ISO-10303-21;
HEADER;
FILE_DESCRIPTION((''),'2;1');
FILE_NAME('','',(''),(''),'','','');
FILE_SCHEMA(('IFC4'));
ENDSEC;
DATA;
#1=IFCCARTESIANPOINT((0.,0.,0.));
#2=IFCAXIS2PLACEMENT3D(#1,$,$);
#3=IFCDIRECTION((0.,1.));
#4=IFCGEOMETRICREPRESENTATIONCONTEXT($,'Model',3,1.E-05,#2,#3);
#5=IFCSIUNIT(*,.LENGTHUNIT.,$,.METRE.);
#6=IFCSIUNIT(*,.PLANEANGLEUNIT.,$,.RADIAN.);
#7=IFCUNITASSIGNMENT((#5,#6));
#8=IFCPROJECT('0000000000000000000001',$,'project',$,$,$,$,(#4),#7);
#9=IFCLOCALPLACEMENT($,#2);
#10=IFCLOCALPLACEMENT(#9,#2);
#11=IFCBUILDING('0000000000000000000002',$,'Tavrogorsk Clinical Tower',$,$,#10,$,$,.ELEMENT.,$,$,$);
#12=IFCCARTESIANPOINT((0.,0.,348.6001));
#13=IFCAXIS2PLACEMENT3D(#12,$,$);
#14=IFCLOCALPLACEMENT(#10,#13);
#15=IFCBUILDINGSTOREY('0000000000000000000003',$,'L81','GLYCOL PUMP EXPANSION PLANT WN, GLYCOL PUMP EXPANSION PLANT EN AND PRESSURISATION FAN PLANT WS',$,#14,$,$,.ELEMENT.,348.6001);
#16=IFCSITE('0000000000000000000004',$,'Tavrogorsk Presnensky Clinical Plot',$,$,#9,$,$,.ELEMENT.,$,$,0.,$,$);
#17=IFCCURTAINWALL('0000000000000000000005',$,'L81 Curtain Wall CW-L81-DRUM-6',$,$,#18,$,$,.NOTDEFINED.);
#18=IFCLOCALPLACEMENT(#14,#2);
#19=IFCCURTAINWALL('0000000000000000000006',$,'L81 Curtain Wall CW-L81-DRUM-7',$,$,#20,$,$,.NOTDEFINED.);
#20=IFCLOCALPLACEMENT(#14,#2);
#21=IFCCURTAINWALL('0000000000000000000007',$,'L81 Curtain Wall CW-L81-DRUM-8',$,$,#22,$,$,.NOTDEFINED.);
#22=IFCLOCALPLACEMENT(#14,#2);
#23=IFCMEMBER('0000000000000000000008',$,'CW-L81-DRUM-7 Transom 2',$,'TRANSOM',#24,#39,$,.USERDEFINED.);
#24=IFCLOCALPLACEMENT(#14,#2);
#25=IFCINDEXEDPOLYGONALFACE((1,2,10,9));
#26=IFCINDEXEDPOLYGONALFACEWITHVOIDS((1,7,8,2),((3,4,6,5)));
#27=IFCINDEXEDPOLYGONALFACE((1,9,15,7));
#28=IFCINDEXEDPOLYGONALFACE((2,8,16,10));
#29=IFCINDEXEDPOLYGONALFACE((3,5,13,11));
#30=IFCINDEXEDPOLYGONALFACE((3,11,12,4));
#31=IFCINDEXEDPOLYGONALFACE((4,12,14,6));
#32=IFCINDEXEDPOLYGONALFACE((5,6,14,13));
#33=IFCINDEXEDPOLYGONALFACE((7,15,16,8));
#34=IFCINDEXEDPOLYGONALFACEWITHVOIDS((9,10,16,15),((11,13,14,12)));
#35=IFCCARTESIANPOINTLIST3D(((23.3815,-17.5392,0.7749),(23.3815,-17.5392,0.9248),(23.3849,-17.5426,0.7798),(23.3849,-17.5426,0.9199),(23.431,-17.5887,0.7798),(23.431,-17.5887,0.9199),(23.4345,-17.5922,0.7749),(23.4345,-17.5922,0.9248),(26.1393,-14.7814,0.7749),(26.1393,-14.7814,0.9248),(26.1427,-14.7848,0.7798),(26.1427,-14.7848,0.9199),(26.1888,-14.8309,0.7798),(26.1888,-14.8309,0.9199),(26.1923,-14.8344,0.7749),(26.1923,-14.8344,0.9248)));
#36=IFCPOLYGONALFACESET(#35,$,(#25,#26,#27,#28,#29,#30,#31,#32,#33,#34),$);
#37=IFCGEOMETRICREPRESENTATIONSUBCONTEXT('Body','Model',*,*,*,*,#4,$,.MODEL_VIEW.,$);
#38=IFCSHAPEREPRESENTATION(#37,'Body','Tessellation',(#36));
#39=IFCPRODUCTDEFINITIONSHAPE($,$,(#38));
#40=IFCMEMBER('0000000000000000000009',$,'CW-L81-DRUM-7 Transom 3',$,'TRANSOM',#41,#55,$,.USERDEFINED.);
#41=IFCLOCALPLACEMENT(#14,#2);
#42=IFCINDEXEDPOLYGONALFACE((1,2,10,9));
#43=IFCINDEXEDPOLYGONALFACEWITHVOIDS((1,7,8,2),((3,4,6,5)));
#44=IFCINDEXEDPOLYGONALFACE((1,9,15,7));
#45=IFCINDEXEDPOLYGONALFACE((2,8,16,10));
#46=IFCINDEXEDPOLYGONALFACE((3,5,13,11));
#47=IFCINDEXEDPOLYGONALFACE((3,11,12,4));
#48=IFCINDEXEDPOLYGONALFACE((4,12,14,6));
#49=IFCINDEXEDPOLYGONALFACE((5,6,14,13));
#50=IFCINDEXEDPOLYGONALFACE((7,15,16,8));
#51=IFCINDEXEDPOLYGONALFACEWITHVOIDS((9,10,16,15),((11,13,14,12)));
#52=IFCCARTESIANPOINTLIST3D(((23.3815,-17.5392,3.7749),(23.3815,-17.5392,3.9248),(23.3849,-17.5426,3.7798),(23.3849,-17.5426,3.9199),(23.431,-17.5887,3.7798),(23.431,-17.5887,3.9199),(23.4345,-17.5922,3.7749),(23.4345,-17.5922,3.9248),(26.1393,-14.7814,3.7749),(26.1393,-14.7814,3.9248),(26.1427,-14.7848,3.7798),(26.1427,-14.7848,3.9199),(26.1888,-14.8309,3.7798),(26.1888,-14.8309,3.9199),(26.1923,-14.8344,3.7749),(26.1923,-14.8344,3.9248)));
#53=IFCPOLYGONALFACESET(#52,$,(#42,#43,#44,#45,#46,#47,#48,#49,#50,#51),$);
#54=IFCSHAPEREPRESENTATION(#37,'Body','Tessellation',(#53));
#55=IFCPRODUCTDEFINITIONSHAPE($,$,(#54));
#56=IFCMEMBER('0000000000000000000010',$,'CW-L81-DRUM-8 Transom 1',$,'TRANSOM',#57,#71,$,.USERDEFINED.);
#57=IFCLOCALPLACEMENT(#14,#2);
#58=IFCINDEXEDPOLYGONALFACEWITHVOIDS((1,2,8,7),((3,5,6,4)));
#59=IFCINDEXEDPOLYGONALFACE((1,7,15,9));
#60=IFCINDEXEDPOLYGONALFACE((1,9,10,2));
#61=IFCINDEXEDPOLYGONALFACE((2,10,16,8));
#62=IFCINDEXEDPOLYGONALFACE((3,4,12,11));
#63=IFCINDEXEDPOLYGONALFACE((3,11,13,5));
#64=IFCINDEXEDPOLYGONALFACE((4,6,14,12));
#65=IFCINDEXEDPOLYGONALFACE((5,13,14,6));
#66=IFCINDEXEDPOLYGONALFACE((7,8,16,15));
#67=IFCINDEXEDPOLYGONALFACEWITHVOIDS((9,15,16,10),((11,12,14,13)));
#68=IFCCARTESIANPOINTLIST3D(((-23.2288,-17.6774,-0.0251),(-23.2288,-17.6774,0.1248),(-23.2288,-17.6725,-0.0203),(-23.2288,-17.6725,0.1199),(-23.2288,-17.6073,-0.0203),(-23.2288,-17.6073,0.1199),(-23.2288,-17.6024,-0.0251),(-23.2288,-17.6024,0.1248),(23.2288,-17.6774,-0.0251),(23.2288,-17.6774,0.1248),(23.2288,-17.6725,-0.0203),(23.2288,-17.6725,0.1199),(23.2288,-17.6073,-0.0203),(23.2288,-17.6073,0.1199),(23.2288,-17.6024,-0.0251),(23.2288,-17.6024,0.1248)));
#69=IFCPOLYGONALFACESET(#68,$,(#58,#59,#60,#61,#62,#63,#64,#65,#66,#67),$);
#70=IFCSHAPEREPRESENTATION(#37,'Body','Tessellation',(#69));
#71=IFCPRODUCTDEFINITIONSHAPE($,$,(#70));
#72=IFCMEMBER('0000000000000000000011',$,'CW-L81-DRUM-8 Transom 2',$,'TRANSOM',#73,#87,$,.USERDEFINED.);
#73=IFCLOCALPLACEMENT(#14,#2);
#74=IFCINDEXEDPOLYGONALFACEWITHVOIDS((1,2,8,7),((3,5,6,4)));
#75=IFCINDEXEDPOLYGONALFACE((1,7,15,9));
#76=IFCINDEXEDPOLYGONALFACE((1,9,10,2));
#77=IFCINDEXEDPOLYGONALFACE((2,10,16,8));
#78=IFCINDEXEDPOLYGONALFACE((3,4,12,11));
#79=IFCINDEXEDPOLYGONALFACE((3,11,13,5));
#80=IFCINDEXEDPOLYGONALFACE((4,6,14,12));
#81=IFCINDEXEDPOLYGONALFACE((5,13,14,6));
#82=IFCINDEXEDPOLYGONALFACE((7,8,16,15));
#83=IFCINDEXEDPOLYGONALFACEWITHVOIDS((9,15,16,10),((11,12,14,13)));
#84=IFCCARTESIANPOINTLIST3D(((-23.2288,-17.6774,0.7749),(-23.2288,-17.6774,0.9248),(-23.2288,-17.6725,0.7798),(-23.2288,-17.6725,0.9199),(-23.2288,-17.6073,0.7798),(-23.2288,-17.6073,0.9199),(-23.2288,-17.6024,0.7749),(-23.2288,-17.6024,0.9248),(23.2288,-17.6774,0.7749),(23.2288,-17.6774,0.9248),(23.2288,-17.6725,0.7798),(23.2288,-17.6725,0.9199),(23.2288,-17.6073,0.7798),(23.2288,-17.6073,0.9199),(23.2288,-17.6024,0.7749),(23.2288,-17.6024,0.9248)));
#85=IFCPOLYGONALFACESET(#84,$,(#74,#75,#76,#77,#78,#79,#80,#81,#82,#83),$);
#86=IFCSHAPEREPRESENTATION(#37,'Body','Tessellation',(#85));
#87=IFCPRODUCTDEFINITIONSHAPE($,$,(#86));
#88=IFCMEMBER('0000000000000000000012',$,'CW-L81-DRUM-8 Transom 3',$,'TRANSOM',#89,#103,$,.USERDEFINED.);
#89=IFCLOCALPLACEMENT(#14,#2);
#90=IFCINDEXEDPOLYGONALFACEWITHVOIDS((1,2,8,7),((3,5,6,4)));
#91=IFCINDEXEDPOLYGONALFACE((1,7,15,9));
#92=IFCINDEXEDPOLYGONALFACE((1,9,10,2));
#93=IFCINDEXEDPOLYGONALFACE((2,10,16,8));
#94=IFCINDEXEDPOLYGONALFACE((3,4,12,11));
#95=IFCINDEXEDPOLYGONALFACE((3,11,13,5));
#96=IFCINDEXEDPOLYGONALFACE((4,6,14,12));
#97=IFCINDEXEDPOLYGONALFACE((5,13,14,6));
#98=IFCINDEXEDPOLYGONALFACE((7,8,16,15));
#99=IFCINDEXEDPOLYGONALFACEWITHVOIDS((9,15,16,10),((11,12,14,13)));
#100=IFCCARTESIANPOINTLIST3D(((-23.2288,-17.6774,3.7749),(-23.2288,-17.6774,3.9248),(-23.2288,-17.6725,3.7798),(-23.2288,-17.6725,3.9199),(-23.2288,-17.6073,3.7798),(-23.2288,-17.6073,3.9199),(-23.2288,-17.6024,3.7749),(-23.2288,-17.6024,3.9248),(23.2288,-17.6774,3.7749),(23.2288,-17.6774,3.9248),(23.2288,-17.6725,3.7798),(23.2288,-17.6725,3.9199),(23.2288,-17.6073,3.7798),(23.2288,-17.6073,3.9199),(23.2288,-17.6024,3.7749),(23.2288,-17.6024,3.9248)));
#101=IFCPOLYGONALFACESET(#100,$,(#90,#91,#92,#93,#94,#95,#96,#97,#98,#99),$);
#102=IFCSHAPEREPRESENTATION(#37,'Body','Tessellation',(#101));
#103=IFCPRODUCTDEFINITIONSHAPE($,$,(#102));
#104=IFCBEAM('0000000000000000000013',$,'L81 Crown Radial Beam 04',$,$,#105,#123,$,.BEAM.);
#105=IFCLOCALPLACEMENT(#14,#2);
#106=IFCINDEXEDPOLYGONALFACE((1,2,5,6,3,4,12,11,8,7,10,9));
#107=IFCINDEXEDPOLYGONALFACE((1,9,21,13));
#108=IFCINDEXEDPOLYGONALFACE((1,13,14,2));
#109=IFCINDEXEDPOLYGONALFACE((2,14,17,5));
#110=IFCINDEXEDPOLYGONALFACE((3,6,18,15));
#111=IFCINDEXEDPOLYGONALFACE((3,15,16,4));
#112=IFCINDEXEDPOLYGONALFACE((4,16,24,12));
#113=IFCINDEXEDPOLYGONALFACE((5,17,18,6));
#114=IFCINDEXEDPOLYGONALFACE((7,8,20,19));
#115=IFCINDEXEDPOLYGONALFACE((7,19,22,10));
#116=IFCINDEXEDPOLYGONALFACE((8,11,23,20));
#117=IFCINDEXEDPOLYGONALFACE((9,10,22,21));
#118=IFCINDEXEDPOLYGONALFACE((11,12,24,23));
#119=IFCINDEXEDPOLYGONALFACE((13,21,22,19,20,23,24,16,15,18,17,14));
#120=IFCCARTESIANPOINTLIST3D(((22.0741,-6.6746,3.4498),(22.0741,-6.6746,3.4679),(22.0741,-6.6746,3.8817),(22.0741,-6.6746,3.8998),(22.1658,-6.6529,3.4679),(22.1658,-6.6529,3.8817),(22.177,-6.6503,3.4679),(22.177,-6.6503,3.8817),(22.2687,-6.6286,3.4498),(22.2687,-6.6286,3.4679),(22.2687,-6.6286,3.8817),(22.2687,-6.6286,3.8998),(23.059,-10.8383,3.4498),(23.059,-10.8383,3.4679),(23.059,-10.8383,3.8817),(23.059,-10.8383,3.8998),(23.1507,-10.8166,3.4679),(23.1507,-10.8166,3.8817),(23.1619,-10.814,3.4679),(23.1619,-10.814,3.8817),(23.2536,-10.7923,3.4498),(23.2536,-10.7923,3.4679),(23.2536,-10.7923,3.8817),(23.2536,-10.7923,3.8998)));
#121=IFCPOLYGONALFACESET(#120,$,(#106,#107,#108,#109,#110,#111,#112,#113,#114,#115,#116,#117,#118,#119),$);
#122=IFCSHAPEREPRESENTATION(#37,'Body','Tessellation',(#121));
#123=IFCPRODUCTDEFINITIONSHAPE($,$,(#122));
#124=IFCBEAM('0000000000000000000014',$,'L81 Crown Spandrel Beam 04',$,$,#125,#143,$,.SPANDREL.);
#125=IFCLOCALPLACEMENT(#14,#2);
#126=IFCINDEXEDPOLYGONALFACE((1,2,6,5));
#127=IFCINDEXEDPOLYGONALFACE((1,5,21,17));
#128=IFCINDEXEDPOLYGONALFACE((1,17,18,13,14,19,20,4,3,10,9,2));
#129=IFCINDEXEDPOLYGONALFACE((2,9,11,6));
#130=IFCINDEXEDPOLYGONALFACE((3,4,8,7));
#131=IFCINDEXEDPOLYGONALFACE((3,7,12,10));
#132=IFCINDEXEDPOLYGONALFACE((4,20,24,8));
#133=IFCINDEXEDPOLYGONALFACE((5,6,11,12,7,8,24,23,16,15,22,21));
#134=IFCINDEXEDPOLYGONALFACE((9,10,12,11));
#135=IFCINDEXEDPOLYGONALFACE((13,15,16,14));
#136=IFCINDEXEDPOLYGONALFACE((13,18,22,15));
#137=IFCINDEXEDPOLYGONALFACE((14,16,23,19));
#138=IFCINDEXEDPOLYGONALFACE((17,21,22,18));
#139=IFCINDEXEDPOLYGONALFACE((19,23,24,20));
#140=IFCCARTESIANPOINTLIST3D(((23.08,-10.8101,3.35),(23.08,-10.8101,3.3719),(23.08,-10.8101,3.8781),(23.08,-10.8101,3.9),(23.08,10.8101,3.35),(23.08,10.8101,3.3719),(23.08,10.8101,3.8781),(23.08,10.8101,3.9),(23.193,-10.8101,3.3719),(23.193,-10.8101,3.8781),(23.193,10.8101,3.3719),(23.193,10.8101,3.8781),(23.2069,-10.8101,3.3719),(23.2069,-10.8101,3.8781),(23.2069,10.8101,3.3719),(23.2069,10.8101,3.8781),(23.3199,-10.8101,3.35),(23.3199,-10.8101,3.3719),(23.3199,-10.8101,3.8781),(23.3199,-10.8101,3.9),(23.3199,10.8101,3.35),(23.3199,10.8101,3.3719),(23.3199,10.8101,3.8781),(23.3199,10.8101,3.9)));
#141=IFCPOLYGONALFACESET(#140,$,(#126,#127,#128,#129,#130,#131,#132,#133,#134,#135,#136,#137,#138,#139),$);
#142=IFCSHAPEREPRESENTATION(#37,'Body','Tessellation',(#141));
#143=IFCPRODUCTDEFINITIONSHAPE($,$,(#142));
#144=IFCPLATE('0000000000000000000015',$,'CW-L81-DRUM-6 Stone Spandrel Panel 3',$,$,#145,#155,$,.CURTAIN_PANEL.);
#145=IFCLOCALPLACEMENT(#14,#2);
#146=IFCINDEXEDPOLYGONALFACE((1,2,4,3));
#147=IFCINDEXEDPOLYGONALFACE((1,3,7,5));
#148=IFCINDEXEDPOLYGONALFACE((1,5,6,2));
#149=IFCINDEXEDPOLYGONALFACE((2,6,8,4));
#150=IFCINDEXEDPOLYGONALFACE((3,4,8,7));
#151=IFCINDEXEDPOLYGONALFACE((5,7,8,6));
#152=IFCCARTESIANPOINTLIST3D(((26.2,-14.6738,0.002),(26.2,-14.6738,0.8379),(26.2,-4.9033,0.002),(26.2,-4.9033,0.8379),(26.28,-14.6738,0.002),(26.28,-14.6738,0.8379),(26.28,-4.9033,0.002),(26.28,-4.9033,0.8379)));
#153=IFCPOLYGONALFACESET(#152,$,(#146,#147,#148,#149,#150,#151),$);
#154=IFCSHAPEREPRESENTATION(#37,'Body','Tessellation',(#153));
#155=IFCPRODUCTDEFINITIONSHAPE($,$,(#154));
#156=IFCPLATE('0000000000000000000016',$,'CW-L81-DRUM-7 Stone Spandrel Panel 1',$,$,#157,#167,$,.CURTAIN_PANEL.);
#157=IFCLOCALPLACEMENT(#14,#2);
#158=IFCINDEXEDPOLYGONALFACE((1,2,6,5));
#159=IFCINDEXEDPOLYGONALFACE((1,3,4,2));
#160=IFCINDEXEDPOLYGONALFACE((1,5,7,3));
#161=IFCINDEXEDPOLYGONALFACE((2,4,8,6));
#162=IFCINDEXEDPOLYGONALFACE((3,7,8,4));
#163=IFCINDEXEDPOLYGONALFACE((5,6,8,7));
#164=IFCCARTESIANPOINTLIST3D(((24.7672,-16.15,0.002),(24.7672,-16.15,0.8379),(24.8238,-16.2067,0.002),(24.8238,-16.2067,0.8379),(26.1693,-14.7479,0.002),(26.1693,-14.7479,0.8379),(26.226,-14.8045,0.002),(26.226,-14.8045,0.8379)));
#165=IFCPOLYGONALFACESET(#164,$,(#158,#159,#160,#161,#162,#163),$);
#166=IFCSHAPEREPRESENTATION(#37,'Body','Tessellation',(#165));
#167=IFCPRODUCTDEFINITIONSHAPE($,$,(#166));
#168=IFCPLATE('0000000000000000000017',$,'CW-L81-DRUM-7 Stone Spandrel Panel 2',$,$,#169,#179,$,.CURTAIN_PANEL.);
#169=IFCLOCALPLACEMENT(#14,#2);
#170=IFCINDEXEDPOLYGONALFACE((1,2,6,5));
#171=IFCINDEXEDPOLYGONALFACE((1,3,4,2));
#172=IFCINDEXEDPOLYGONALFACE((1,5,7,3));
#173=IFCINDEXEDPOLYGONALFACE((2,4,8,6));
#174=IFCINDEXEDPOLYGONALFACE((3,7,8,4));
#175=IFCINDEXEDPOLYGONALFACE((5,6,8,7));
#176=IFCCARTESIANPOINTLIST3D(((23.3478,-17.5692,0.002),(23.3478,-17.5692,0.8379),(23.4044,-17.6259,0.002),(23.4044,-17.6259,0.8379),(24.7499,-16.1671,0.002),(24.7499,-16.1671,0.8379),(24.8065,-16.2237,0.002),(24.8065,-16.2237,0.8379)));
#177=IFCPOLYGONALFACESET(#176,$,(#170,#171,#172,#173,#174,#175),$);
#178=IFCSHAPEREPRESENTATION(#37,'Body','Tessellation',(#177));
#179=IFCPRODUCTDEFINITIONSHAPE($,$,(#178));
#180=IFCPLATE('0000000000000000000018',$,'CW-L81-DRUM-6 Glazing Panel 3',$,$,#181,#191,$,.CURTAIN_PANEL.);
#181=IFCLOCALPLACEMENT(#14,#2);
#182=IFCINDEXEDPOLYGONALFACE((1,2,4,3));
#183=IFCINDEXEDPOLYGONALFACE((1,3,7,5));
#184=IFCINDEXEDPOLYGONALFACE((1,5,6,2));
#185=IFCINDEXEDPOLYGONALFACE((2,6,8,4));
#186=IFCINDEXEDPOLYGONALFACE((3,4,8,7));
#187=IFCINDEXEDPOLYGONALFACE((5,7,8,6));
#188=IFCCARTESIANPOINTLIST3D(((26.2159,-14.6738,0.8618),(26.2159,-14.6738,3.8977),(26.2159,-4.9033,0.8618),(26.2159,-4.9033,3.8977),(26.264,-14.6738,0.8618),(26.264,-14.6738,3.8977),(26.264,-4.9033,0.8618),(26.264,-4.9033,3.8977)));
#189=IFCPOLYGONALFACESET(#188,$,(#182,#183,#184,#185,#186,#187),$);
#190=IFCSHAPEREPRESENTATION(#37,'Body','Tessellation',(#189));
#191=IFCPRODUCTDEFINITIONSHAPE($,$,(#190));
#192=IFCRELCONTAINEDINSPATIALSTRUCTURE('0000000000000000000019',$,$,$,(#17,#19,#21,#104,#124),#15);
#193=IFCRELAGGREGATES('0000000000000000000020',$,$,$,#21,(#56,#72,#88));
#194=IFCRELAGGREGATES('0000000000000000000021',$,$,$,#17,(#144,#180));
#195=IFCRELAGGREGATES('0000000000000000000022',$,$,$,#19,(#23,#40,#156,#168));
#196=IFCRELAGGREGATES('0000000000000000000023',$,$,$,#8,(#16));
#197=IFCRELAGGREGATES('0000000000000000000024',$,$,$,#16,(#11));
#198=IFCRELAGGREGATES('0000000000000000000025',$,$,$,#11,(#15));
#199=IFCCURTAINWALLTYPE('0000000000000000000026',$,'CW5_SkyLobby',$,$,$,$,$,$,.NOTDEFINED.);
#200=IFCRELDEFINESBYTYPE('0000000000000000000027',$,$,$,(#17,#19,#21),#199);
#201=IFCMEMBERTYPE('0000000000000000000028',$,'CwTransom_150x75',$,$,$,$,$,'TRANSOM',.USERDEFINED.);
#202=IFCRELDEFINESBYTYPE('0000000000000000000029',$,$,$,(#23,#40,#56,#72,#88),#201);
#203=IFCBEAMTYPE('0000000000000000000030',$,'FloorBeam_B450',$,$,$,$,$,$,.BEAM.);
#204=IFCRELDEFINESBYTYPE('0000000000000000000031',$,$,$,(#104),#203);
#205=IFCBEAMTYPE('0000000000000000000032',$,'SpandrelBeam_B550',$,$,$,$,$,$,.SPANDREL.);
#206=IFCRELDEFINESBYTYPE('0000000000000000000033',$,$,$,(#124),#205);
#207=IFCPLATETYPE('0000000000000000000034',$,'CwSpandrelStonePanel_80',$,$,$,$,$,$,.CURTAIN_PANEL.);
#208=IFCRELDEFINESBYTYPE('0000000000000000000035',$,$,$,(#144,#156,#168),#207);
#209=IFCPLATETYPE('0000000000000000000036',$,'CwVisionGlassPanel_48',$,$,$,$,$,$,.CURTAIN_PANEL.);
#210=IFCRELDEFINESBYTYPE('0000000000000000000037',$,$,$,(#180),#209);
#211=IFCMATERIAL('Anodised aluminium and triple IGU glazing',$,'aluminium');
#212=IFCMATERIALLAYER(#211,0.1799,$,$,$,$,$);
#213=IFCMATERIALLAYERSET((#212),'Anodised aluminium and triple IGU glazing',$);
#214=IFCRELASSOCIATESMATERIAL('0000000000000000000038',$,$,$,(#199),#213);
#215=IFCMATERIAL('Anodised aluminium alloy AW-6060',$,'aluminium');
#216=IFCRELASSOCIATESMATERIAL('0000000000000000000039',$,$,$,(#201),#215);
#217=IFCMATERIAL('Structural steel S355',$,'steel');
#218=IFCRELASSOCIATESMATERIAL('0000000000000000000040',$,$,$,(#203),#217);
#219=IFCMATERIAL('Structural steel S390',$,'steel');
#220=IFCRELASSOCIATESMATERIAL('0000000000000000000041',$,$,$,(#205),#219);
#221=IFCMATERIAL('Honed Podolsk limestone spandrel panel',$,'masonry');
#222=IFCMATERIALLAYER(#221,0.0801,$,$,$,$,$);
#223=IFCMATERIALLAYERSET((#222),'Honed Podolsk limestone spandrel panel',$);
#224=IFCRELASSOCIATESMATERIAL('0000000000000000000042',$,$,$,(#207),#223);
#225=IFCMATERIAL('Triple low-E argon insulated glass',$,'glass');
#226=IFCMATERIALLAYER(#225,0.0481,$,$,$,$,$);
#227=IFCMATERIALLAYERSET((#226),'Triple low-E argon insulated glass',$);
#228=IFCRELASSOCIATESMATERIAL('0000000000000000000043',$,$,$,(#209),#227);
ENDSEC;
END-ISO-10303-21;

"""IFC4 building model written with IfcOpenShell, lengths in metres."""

from ifc_helpers import new_model, si_unit, direction, frame, origin, origin_2d, place, context, subcontext, project, spatial, rectangle, hollow_rectangle, i_section, extrude, material, layer, layer_set, material_profile, profile_set, type_object, element, aggregate, save


model = new_model("IFC4")

# Units and contexts
model_context = context("Model", 3, precision=1e-05, world=origin(), true_north=direction((0.0, 1.0)))
body_context = subcontext(model_context, "Body", "Model", "MODEL_VIEW")
ifc_project = project(units=[si_unit("LENGTHUNIT", "METRE"), si_unit("PLANEANGLEUNIT", "RADIAN")], contexts=[model_context])

# Site, building, storey
site_placement = place(None, origin())
site = spatial("IfcSite", under=ifc_project, at=site_placement, Name="Tavrogorsk Presnensky Clinical Plot", CompositionType="ELEMENT", RefElevation=0.0)
building_placement = place(site_placement, origin())
building = spatial("IfcBuilding", under=site, at=building_placement, Name="Tavrogorsk Clinical Tower", CompositionType="ELEMENT")
storey_placement = place(building_placement, frame((0.0, 0.0, 348.6001)))
storey = spatial("IfcBuildingStorey", under=building, at=storey_placement, Name="L81", Description="GLYCOL PUMP EXPANSION PLANT WN, GLYCOL PUMP EXPANSION PLANT EN AND PRESSURISATION FAN PLANT WS", CompositionType="ELEMENT", Elevation=348.6001)

# Curtain walls
ifc_material_1 = material(Name="Anodised aluminium and triple IGU glazing", Category="aluminium")
ifc_layer_1 = layer(ifc_material_1, 0.1799)
ifc_layer_set_1 = layer_set([ifc_layer_1], Name="Anodised aluminium and triple IGU glazing")
curtain_wall_type = type_object("IfcCurtainWallType", Name="CW5_SkyLobby", PredefinedType="NOTDEFINED", material=ifc_layer_set_1)
curtain_wall_1_placement = place(storey_placement, origin())
curtain_wall_1 = element("IfcCurtainWall", 1, at=curtain_wall_1_placement, inside=storey, type_object=curtain_wall_type, Name="L81 Curtain Wall CW-L81-DRUM-6", PredefinedType="NOTDEFINED")
curtain_wall_2_placement = place(storey_placement, origin())
curtain_wall_2 = element("IfcCurtainWall", 2, at=curtain_wall_2_placement, inside=storey, type_object=curtain_wall_type, Name="L81 Curtain Wall CW-L81-DRUM-7", PredefinedType="NOTDEFINED")

# Curtain wall
curtain_wall_3_placement = place(storey_placement, origin())
curtain_wall_3 = element("IfcCurtainWall", 3, at=curtain_wall_3_placement, inside=storey, type_object=curtain_wall_type, Name="L81 Curtain Wall CW-L81-DRUM-8", PredefinedType="NOTDEFINED")

# Members
ifc_material_2 = material(Name="Anodised aluminium alloy AW-6060", Category="aluminium")
ifc_material_profile_1 = material_profile(ifc_material_2, hollow_rectangle(XDim=0.075, YDim=0.1499, WallThickness=0.0049, at=origin_2d()), Name="RHS-150x75x5")
ifc_profile_set_1 = profile_set([ifc_material_profile_1], Name="Anodised aluminium alloy AW-6060")
member_type_1 = type_object("IfcMemberType", Name="CwTransom_150x75", ElementType="TRANSOM", PredefinedType="USERDEFINED", material=ifc_profile_set_1)
member_1_placement = place(storey_placement, frame((26.1658, -14.8079, 0.8499), z_axis=(-0.707107, -0.707107, 0.0), x_axis=(0.707107, -0.707107, 0.0)))
member_1 = element("IfcMember", 4, at=member_1_placement, type_object=member_type_1, Name="CW-L81-DRUM-7 Transom 2", ObjectType="TRANSOM", PredefinedType="USERDEFINED", context=body_context, shape_type="SweptSolid", body=[
    extrude(hollow_rectangle(XDim=0.075, YDim=0.1499, WallThickness=0.0049, at=origin_2d()), origin(), (0.0, 0.0, 1.0), 3.9001),
])
member_2_placement = place(storey_placement, frame((26.1658, -14.8079, 3.8499), z_axis=(-0.707107, -0.707107, 0.0), x_axis=(0.707107, -0.707107, 0.0)))
member_2 = element("IfcMember", 5, at=member_2_placement, type_object=member_type_1, Name="CW-L81-DRUM-7 Transom 3", ObjectType="TRANSOM", PredefinedType="USERDEFINED", context=body_context, shape_type="SweptSolid", body=[
    extrude(hollow_rectangle(XDim=0.075, YDim=0.1499, WallThickness=0.0049, at=origin_2d()), origin(), (0.0, 0.0, 1.0), 3.9001),
])
member_3_placement = place(storey_placement, frame((23.2288, -17.6399, 0.0498), z_axis=(-1.0, 0.0, 0.0), x_axis=(0.0, -1.0, 0.0)))
member_3 = element("IfcMember", 6, at=member_3_placement, type_object=member_type_1, Name="CW-L81-DRUM-8 Transom 1", ObjectType="TRANSOM", PredefinedType="USERDEFINED", context=body_context, shape_type="SweptSolid", body=[
    extrude(hollow_rectangle(XDim=0.075, YDim=0.1499, WallThickness=0.0049, at=origin_2d()), origin(), (0.0, 0.0, 1.0), 46.4575),
])
member_4_placement = place(storey_placement, frame((23.2288, -17.6399, 0.8499), z_axis=(-1.0, 0.0, 0.0), x_axis=(0.0, -1.0, 0.0)))
member_4 = element("IfcMember", 7, at=member_4_placement, type_object=member_type_1, Name="CW-L81-DRUM-8 Transom 2", ObjectType="TRANSOM", PredefinedType="USERDEFINED", context=body_context, shape_type="SweptSolid", body=[
    extrude(hollow_rectangle(XDim=0.075, YDim=0.1499, WallThickness=0.0049, at=origin_2d()), origin(), (0.0, 0.0, 1.0), 46.4575),
])
member_5_placement = place(storey_placement, frame((23.2288, -17.6399, 3.8499), z_axis=(-1.0, 0.0, 0.0), x_axis=(0.0, -1.0, 0.0)))
member_5 = element("IfcMember", 8, at=member_5_placement, type_object=member_type_1, Name="CW-L81-DRUM-8 Transom 3", ObjectType="TRANSOM", PredefinedType="USERDEFINED", context=body_context, shape_type="SweptSolid", body=[
    extrude(hollow_rectangle(XDim=0.075, YDim=0.1499, WallThickness=0.0049, at=origin_2d()), origin(), (0.0, 0.0, 1.0), 46.4575),
])
aggregate(curtain_wall_3, [member_3, member_4, member_5])

# Beams
ifc_material_3 = material(Name="Structural steel S355", Category="steel")
ifc_material_profile_2 = material_profile(ifc_material_3, i_section(OverallWidth=0.2, OverallDepth=0.45, WebThickness=0.0115, FlangeThickness=0.0181, at=origin_2d()), Name="B-450x200x11.5x18")
ifc_profile_set_2 = profile_set([ifc_material_profile_2], Name="Structural steel S355")
beam_type_1 = type_object("IfcBeamType", Name="FloorBeam_B450", PredefinedType="BEAM", material=ifc_profile_set_2)
beam_1_placement = place(storey_placement, frame((22.1714, -6.6516, 3.6748), z_axis=(0.230191, -0.973146, 0.0), x_axis=(0.973146, 0.230191, 0.0)))
element("IfcBeam", 9, at=beam_1_placement, inside=storey, type_object=beam_type_1, Name="L81 Crown Radial Beam 04", PredefinedType="BEAM", context=body_context, shape_type="SweptSolid", body=[
    extrude(i_section(OverallWidth=0.2, OverallDepth=0.45, WebThickness=0.0115, FlangeThickness=0.0181, at=origin_2d()), origin(), (0.0, 0.0, 1.0), 4.2786),
])
ifc_material_4 = material(Name="Structural steel S390", Category="steel")
ifc_material_profile_3 = material_profile(ifc_material_4, i_section(OverallWidth=0.24, OverallDepth=0.55, WebThickness=0.0139, FlangeThickness=0.022, at=origin_2d()), Name="B-550x240x14x22")
ifc_profile_set_3 = profile_set([ifc_material_profile_3], Name="Structural steel S390")
beam_type_2 = type_object("IfcBeamType", Name="SpandrelBeam_B550", PredefinedType="SPANDREL", material=ifc_profile_set_3)
beam_2_placement = place(storey_placement, frame((23.2, -10.8101, 3.625), z_axis=(0.0, 1.0, 0.0), x_axis=(-1.0, 0.0, 0.0)))
element("IfcBeam", 10, at=beam_2_placement, inside=storey, type_object=beam_type_2, Name="L81 Crown Spandrel Beam 04", PredefinedType="SPANDREL", context=body_context, shape_type="SweptSolid", body=[
    extrude(i_section(OverallWidth=0.24, OverallDepth=0.55, WebThickness=0.0139, FlangeThickness=0.022, at=origin_2d()), origin(), (0.0, 0.0, 1.0), 21.6201),
])

# Plates
ifc_material_5 = material(Name="Honed Podolsk limestone spandrel panel", Category="masonry")
ifc_layer_2 = layer(ifc_material_5, 0.0801)
ifc_layer_set_2 = layer_set([ifc_layer_2], Name="Honed Podolsk limestone spandrel panel")
plate_type_1 = type_object("IfcPlateType", Name="CwSpandrelStonePanel_80", PredefinedType="CURTAIN_PANEL", material=ifc_layer_set_2)
plate_1_placement = place(storey_placement, frame((26.24, -9.7886, 0.002), z_axis=(0.0, 0.0, 1.0), x_axis=(0.0, -1.0, 0.0)))
plate_1 = element("IfcPlate", 11, at=plate_1_placement, type_object=plate_type_1, Name="CW-L81-DRUM-6 Stone Spandrel Panel 3", PredefinedType="CURTAIN_PANEL", context=body_context, shape_type="SweptSolid", body=[
    extrude(rectangle(XDim=9.7705, YDim=0.0801, at=origin_2d()), origin(), (0.0, 0.0, 1.0), 0.8359),
])
plate_2_placement = place(storey_placement, frame((25.4966, -15.4773, 0.002), z_axis=(0.0, 0.0, 1.0), x_axis=(-0.707107, -0.707107, 0.0)))
plate_2 = element("IfcPlate", 12, at=plate_2_placement, type_object=plate_type_1, Name="CW-L81-DRUM-7 Stone Spandrel Panel 1", PredefinedType="CURTAIN_PANEL", context=body_context, shape_type="SweptSolid", body=[
    extrude(rectangle(XDim=1.9829, YDim=0.0801, at=origin_2d()), origin(), (0.0, 0.0, 1.0), 0.8359),
])
plate_3_placement = place(storey_placement, frame((24.0771, -16.8965, 0.002), z_axis=(0.0, 0.0, 1.0), x_axis=(-0.707107, -0.707107, 0.0)))
plate_3 = element("IfcPlate", 13, at=plate_3_placement, type_object=plate_type_1, Name="CW-L81-DRUM-7 Stone Spandrel Panel 2", PredefinedType="CURTAIN_PANEL", context=body_context, shape_type="SweptSolid", body=[
    extrude(rectangle(XDim=1.9829, YDim=0.0801, at=origin_2d()), origin(), (0.0, 0.0, 1.0), 0.8359),
])
ifc_material_6 = material(Name="Triple low-E argon insulated glass", Category="glass")
ifc_layer_3 = layer(ifc_material_6, 0.0481)
ifc_layer_set_3 = layer_set([ifc_layer_3], Name="Triple low-E argon insulated glass")
plate_type_2 = type_object("IfcPlateType", Name="CwVisionGlassPanel_48", PredefinedType="CURTAIN_PANEL", material=ifc_layer_set_3)
plate_4_placement = place(storey_placement, frame((26.24, -9.7886, 0.8618), z_axis=(0.0, 0.0, 1.0), x_axis=(0.0, -1.0, 0.0)))
plate_4 = element("IfcPlate", 14, at=plate_4_placement, type_object=plate_type_2, Name="CW-L81-DRUM-6 Glazing Panel 3", PredefinedType="CURTAIN_PANEL", context=body_context, shape_type="SweptSolid", body=[
    extrude(rectangle(XDim=9.7705, YDim=0.0481, at=origin_2d()), origin(), (0.0, 0.0, 1.0), 3.0359),
])
aggregate(curtain_wall_1, [plate_1, plate_4])
aggregate(curtain_wall_2, [member_1, member_2, plate_2, plate_3])

save(model, "model.ifc")
